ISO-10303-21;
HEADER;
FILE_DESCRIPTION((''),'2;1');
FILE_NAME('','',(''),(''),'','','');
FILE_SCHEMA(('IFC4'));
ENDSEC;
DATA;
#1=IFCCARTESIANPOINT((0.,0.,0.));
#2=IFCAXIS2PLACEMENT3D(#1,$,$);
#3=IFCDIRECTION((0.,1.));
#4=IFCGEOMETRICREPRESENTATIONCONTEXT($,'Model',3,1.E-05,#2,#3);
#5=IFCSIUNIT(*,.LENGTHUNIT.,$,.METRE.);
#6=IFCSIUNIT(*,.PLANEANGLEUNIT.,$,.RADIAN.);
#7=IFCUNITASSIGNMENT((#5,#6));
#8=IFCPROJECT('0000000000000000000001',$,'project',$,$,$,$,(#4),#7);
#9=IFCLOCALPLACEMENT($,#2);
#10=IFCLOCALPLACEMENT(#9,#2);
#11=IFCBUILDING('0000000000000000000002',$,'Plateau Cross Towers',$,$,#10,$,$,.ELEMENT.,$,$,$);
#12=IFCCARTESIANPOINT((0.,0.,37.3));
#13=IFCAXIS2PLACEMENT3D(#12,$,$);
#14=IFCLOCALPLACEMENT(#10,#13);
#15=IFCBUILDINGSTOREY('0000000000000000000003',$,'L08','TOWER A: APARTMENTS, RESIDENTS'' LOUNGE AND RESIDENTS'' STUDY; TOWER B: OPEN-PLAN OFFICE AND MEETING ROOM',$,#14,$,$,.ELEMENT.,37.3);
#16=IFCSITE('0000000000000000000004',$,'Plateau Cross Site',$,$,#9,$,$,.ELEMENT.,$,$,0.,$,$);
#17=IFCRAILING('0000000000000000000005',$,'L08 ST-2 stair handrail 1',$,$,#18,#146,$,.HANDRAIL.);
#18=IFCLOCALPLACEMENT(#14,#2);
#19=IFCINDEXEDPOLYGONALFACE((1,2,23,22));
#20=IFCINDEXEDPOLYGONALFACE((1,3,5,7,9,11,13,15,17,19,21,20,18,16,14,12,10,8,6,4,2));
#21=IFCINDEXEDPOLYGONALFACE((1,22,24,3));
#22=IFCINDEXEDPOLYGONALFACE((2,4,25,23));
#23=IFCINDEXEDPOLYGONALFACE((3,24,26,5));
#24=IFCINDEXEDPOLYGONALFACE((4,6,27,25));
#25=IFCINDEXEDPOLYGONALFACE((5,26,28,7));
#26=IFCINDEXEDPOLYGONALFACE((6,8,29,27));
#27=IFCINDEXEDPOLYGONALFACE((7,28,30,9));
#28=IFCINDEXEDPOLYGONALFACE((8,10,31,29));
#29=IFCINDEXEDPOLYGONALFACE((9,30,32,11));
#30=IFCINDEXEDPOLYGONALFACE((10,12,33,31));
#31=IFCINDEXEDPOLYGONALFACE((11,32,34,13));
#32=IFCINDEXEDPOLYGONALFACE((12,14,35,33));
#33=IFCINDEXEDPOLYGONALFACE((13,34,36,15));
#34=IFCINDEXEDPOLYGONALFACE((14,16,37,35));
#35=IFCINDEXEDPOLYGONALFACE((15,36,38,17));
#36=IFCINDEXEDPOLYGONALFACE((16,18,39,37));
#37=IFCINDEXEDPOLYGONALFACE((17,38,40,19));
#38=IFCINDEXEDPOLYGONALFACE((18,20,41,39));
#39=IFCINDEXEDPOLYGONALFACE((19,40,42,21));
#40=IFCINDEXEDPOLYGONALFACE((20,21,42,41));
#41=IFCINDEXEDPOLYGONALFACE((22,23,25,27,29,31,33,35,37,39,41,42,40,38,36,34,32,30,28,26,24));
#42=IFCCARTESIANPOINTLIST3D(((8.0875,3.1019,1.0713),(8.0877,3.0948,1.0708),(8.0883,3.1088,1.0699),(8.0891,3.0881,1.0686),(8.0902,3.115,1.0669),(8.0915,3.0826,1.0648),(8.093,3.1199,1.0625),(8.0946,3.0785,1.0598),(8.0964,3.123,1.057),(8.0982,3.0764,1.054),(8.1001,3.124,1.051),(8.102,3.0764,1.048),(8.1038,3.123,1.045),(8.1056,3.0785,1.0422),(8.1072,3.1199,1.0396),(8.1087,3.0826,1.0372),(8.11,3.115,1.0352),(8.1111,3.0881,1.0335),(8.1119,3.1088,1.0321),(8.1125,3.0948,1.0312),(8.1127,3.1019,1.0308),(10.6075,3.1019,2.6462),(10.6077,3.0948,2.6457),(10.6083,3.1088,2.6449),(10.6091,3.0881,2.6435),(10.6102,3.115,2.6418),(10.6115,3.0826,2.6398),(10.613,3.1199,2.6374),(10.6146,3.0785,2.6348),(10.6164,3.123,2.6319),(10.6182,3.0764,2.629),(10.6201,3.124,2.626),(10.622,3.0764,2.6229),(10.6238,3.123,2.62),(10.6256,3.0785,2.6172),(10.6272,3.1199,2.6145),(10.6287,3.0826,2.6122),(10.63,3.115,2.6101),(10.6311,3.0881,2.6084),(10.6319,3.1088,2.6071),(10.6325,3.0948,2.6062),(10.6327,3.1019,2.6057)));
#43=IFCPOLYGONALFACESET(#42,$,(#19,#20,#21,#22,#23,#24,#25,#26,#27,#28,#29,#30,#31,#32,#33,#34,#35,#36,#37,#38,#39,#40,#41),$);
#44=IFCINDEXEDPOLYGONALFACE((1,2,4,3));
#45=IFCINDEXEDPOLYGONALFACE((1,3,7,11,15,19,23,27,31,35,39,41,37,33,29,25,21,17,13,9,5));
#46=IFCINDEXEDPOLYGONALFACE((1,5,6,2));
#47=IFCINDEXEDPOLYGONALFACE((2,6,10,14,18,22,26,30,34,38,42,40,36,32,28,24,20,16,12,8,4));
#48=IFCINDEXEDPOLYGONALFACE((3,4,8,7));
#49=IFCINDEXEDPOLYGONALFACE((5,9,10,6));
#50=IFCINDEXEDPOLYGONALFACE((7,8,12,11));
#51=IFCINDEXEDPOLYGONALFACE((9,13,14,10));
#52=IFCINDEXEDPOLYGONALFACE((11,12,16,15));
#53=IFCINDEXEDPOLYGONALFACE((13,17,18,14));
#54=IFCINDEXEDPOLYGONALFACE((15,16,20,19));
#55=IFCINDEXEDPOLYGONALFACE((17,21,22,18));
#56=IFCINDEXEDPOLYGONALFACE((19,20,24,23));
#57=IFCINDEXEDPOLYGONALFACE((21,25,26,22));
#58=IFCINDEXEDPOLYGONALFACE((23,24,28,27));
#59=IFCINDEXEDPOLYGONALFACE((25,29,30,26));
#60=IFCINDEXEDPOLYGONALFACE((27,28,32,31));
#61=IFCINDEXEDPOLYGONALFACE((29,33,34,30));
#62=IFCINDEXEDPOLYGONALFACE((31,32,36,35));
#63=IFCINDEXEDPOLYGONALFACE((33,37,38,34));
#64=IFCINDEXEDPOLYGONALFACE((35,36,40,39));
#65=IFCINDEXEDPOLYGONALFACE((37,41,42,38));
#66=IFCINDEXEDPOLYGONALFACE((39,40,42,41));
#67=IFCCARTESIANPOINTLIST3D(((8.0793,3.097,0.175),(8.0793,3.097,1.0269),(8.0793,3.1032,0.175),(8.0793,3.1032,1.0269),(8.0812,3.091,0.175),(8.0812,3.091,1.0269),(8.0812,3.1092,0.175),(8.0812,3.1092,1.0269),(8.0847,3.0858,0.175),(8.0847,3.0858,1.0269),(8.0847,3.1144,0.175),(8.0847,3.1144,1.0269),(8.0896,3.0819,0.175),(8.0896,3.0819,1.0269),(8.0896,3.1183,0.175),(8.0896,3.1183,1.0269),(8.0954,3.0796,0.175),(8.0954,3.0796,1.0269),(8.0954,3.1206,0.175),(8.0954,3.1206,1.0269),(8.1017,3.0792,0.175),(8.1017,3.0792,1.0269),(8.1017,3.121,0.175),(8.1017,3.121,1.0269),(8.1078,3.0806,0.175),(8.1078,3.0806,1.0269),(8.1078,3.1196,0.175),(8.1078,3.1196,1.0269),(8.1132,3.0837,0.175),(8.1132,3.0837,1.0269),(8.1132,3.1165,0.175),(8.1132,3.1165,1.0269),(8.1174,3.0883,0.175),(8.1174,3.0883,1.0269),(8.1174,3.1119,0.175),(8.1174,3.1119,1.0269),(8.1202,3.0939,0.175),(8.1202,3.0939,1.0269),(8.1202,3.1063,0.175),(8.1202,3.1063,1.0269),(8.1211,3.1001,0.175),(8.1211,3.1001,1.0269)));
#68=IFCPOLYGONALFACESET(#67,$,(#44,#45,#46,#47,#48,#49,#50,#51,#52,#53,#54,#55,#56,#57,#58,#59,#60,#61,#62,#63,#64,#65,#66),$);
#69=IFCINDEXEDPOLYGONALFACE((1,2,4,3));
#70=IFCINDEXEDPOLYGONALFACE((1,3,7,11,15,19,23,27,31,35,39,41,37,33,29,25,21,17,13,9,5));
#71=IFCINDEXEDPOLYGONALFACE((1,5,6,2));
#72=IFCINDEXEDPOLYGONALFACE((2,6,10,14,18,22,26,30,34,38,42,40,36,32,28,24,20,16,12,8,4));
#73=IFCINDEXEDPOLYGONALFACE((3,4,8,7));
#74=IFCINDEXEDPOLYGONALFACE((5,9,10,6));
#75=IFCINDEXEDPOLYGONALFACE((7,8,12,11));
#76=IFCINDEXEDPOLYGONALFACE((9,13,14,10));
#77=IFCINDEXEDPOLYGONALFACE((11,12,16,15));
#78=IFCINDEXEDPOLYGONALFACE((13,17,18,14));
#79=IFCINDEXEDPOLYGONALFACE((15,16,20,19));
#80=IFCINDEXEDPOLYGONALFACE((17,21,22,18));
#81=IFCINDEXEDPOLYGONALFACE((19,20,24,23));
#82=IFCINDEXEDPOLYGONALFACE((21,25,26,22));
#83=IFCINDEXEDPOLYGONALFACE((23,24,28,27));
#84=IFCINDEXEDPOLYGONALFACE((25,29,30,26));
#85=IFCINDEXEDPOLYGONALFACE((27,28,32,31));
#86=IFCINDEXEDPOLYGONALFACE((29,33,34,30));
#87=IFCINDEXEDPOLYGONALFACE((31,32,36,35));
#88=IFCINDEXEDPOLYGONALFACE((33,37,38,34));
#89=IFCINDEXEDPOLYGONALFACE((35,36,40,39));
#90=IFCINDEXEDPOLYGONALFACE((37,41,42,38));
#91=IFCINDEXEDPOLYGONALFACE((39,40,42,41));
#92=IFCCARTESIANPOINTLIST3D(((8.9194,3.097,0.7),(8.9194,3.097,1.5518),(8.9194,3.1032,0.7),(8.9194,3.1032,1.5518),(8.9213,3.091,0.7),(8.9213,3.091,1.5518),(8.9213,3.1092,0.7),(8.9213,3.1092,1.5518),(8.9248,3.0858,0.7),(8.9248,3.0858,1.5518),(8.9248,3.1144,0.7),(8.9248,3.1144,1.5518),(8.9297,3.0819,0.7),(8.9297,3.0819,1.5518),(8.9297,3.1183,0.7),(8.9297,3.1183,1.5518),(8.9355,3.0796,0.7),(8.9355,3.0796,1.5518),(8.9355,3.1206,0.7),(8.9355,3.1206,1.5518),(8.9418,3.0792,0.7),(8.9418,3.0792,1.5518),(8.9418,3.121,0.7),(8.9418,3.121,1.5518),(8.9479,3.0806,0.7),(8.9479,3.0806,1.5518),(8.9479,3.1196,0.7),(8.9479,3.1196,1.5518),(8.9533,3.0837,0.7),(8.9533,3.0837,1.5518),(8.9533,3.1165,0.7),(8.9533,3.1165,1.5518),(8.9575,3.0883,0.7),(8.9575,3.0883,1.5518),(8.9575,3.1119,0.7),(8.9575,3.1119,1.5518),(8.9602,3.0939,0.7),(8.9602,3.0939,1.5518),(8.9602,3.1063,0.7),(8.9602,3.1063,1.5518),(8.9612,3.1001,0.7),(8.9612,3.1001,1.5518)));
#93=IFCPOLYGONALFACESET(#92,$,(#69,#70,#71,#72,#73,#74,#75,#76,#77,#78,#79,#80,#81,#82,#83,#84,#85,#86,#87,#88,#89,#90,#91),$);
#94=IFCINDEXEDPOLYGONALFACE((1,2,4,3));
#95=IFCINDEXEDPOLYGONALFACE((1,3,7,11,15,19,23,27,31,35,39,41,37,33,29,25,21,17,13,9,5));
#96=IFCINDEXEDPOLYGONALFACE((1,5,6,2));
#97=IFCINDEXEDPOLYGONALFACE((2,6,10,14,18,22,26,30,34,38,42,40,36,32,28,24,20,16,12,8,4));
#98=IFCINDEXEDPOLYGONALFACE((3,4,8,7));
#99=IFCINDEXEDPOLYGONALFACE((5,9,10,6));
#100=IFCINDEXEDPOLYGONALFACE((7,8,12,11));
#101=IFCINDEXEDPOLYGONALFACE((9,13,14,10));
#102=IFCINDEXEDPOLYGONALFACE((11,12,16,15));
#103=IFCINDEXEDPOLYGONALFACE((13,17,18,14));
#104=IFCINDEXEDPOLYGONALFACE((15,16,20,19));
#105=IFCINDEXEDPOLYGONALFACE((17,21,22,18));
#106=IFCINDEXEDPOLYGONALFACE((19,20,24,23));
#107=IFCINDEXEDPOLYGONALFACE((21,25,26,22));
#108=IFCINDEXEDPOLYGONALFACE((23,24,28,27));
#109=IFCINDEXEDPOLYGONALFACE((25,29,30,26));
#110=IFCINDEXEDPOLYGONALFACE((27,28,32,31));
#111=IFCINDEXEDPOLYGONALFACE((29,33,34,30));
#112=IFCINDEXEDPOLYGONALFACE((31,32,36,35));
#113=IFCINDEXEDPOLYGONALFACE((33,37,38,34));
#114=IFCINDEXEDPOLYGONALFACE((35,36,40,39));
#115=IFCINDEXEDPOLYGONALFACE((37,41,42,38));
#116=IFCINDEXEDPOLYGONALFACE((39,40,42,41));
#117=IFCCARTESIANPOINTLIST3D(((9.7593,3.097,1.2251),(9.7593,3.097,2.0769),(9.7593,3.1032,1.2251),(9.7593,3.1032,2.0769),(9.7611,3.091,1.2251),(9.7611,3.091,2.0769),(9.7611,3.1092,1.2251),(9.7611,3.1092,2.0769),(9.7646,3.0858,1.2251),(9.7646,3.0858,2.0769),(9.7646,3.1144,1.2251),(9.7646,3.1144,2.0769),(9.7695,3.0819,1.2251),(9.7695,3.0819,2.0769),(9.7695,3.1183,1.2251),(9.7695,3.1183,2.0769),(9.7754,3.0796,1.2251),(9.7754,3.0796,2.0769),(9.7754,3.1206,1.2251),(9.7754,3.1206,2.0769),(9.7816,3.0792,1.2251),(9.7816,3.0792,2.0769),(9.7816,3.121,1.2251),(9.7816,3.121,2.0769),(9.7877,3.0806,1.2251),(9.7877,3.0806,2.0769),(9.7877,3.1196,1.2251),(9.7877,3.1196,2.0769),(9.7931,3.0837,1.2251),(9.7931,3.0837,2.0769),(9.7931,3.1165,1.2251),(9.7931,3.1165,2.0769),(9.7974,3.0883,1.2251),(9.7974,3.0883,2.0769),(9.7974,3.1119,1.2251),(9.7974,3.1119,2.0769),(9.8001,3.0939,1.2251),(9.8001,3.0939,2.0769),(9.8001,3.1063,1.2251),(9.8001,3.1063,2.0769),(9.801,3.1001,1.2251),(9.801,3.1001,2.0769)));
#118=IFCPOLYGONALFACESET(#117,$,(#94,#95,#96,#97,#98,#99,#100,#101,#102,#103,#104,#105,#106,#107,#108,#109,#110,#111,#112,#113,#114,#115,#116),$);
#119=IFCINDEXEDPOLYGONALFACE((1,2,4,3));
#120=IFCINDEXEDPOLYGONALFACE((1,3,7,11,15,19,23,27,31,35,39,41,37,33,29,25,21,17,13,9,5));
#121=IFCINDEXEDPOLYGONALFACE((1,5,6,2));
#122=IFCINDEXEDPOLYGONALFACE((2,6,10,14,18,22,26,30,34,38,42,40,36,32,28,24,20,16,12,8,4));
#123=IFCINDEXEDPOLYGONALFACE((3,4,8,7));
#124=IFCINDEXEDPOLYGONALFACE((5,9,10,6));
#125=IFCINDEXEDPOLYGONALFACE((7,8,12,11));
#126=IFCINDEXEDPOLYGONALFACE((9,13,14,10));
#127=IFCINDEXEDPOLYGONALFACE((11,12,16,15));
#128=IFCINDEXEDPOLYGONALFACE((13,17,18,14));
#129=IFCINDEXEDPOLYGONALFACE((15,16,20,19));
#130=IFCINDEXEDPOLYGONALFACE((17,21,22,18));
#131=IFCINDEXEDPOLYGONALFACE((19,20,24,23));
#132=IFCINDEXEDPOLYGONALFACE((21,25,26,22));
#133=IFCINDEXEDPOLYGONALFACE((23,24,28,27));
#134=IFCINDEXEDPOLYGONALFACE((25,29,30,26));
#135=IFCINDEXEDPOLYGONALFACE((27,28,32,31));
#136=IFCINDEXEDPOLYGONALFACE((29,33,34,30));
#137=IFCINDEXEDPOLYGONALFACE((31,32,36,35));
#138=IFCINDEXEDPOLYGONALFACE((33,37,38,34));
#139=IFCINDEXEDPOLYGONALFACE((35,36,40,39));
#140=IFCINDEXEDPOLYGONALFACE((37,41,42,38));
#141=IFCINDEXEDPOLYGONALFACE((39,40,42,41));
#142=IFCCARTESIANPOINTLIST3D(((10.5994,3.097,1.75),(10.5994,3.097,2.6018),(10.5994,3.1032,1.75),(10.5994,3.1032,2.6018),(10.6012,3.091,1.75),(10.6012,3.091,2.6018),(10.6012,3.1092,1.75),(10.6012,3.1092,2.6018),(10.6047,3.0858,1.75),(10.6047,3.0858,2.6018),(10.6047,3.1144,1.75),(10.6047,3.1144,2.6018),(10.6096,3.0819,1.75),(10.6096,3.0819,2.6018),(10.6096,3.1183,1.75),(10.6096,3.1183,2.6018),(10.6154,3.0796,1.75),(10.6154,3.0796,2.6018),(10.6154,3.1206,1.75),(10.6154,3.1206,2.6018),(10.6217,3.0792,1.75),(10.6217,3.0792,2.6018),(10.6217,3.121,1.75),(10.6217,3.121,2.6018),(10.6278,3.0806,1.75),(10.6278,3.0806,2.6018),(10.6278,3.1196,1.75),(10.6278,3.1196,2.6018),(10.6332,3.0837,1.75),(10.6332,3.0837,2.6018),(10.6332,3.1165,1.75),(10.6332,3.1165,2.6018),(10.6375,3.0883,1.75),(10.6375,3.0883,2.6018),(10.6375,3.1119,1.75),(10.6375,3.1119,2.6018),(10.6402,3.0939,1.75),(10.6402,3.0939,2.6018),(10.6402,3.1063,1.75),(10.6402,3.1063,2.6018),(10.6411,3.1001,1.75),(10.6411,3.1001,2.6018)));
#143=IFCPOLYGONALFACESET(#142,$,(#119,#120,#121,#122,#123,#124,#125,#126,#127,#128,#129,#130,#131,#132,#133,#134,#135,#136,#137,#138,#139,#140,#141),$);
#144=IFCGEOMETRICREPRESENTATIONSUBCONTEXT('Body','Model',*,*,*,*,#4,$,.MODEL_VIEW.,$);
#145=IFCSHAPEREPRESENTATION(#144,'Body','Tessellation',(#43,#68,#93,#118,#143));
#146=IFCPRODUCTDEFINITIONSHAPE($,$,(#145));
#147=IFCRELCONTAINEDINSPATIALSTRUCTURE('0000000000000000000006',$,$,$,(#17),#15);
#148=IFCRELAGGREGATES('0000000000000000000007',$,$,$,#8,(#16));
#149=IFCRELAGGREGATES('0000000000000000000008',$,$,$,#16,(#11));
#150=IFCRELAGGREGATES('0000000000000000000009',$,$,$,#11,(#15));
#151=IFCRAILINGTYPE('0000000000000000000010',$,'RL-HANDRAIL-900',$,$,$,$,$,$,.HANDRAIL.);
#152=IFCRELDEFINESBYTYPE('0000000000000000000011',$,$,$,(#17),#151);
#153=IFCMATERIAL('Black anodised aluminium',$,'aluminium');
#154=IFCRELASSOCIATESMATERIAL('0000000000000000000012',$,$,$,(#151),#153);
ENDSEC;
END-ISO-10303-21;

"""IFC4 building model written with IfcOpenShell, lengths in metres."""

from ifc_helpers import new_model, si_unit, direction, frame, origin, origin_2d, place, context, subcontext, project, spatial, circle, extrude, material, type_object, element, save


model = new_model("IFC4")

# Units and contexts
model_context = context("Model", 3, precision=1e-05, world=origin(), true_north=direction((0.0, 1.0)))
body_context = subcontext(model_context, "Body", "Model", "MODEL_VIEW")
ifc_project = project(units=[si_unit("LENGTHUNIT", "METRE"), si_unit("PLANEANGLEUNIT", "RADIAN")], contexts=[model_context])

# Site, building, storey
site_placement = place(None, origin())
site = spatial("IfcSite", under=ifc_project, at=site_placement, Name="Plateau Cross Site", CompositionType="ELEMENT", RefElevation=0.0)
building_placement = place(site_placement, origin())
building = spatial("IfcBuilding", under=site, at=building_placement, Name="Plateau Cross Towers", CompositionType="ELEMENT")
storey_placement = place(building_placement, frame((0.0, 0.0, 37.3)))
storey = spatial("IfcBuildingStorey", under=building, at=storey_placement, Name="L08", Description="TOWER A: APARTMENTS, RESIDENTS' LOUNGE AND RESIDENTS' STUDY; TOWER B: OPEN-PLAN OFFICE AND MEETING ROOM", CompositionType="ELEMENT", Elevation=37.3)

# Shared definitions
ifc_material_1 = material(Name="Black anodised aluminium", Category="aluminium")

# Railing
railing_type_1 = type_object("IfcRailingType", Name="RL-HANDRAIL-900", PredefinedType="HANDRAIL", material=ifc_material_1)
railing_placement = place(storey_placement, frame((8.1001, 3.1001, 0.175)))
element("IfcRailing", 1, at=railing_placement, inside=storey, type_object=railing_type_1, Name="L08 ST-2 stair handrail 1", PredefinedType="HANDRAIL", context=body_context, shape_type="SweptSolid", body=[
    extrude(circle(Radius=0.0239, at=origin_2d()), frame((0.0, 0.0, 0.876), z_axis=(0.848008, 0.0, 0.529984), x_axis=(0.0, 1.0, 0.0)), (0.0, 0.0, 1.0), 2.9717),
    extrude(circle(Radius=0.021, at=origin_2d()), origin(), (0.0, 0.0, 1.0), 0.8518),
    extrude(circle(Radius=0.021, at=origin_2d()), frame((0.8401, 0.0, 0.5249)), (0.0, 0.0, 1.0), 0.8518),
    extrude(circle(Radius=0.021, at=origin_2d()), frame((1.6799, 0.0, 1.05)), (0.0, 0.0, 1.0), 0.8518),
    extrude(circle(Radius=0.021, at=origin_2d()), frame((2.52, 0.0, 1.575)), (0.0, 0.0, 1.0), 0.8518),
])

save(model, "model.ifc")
